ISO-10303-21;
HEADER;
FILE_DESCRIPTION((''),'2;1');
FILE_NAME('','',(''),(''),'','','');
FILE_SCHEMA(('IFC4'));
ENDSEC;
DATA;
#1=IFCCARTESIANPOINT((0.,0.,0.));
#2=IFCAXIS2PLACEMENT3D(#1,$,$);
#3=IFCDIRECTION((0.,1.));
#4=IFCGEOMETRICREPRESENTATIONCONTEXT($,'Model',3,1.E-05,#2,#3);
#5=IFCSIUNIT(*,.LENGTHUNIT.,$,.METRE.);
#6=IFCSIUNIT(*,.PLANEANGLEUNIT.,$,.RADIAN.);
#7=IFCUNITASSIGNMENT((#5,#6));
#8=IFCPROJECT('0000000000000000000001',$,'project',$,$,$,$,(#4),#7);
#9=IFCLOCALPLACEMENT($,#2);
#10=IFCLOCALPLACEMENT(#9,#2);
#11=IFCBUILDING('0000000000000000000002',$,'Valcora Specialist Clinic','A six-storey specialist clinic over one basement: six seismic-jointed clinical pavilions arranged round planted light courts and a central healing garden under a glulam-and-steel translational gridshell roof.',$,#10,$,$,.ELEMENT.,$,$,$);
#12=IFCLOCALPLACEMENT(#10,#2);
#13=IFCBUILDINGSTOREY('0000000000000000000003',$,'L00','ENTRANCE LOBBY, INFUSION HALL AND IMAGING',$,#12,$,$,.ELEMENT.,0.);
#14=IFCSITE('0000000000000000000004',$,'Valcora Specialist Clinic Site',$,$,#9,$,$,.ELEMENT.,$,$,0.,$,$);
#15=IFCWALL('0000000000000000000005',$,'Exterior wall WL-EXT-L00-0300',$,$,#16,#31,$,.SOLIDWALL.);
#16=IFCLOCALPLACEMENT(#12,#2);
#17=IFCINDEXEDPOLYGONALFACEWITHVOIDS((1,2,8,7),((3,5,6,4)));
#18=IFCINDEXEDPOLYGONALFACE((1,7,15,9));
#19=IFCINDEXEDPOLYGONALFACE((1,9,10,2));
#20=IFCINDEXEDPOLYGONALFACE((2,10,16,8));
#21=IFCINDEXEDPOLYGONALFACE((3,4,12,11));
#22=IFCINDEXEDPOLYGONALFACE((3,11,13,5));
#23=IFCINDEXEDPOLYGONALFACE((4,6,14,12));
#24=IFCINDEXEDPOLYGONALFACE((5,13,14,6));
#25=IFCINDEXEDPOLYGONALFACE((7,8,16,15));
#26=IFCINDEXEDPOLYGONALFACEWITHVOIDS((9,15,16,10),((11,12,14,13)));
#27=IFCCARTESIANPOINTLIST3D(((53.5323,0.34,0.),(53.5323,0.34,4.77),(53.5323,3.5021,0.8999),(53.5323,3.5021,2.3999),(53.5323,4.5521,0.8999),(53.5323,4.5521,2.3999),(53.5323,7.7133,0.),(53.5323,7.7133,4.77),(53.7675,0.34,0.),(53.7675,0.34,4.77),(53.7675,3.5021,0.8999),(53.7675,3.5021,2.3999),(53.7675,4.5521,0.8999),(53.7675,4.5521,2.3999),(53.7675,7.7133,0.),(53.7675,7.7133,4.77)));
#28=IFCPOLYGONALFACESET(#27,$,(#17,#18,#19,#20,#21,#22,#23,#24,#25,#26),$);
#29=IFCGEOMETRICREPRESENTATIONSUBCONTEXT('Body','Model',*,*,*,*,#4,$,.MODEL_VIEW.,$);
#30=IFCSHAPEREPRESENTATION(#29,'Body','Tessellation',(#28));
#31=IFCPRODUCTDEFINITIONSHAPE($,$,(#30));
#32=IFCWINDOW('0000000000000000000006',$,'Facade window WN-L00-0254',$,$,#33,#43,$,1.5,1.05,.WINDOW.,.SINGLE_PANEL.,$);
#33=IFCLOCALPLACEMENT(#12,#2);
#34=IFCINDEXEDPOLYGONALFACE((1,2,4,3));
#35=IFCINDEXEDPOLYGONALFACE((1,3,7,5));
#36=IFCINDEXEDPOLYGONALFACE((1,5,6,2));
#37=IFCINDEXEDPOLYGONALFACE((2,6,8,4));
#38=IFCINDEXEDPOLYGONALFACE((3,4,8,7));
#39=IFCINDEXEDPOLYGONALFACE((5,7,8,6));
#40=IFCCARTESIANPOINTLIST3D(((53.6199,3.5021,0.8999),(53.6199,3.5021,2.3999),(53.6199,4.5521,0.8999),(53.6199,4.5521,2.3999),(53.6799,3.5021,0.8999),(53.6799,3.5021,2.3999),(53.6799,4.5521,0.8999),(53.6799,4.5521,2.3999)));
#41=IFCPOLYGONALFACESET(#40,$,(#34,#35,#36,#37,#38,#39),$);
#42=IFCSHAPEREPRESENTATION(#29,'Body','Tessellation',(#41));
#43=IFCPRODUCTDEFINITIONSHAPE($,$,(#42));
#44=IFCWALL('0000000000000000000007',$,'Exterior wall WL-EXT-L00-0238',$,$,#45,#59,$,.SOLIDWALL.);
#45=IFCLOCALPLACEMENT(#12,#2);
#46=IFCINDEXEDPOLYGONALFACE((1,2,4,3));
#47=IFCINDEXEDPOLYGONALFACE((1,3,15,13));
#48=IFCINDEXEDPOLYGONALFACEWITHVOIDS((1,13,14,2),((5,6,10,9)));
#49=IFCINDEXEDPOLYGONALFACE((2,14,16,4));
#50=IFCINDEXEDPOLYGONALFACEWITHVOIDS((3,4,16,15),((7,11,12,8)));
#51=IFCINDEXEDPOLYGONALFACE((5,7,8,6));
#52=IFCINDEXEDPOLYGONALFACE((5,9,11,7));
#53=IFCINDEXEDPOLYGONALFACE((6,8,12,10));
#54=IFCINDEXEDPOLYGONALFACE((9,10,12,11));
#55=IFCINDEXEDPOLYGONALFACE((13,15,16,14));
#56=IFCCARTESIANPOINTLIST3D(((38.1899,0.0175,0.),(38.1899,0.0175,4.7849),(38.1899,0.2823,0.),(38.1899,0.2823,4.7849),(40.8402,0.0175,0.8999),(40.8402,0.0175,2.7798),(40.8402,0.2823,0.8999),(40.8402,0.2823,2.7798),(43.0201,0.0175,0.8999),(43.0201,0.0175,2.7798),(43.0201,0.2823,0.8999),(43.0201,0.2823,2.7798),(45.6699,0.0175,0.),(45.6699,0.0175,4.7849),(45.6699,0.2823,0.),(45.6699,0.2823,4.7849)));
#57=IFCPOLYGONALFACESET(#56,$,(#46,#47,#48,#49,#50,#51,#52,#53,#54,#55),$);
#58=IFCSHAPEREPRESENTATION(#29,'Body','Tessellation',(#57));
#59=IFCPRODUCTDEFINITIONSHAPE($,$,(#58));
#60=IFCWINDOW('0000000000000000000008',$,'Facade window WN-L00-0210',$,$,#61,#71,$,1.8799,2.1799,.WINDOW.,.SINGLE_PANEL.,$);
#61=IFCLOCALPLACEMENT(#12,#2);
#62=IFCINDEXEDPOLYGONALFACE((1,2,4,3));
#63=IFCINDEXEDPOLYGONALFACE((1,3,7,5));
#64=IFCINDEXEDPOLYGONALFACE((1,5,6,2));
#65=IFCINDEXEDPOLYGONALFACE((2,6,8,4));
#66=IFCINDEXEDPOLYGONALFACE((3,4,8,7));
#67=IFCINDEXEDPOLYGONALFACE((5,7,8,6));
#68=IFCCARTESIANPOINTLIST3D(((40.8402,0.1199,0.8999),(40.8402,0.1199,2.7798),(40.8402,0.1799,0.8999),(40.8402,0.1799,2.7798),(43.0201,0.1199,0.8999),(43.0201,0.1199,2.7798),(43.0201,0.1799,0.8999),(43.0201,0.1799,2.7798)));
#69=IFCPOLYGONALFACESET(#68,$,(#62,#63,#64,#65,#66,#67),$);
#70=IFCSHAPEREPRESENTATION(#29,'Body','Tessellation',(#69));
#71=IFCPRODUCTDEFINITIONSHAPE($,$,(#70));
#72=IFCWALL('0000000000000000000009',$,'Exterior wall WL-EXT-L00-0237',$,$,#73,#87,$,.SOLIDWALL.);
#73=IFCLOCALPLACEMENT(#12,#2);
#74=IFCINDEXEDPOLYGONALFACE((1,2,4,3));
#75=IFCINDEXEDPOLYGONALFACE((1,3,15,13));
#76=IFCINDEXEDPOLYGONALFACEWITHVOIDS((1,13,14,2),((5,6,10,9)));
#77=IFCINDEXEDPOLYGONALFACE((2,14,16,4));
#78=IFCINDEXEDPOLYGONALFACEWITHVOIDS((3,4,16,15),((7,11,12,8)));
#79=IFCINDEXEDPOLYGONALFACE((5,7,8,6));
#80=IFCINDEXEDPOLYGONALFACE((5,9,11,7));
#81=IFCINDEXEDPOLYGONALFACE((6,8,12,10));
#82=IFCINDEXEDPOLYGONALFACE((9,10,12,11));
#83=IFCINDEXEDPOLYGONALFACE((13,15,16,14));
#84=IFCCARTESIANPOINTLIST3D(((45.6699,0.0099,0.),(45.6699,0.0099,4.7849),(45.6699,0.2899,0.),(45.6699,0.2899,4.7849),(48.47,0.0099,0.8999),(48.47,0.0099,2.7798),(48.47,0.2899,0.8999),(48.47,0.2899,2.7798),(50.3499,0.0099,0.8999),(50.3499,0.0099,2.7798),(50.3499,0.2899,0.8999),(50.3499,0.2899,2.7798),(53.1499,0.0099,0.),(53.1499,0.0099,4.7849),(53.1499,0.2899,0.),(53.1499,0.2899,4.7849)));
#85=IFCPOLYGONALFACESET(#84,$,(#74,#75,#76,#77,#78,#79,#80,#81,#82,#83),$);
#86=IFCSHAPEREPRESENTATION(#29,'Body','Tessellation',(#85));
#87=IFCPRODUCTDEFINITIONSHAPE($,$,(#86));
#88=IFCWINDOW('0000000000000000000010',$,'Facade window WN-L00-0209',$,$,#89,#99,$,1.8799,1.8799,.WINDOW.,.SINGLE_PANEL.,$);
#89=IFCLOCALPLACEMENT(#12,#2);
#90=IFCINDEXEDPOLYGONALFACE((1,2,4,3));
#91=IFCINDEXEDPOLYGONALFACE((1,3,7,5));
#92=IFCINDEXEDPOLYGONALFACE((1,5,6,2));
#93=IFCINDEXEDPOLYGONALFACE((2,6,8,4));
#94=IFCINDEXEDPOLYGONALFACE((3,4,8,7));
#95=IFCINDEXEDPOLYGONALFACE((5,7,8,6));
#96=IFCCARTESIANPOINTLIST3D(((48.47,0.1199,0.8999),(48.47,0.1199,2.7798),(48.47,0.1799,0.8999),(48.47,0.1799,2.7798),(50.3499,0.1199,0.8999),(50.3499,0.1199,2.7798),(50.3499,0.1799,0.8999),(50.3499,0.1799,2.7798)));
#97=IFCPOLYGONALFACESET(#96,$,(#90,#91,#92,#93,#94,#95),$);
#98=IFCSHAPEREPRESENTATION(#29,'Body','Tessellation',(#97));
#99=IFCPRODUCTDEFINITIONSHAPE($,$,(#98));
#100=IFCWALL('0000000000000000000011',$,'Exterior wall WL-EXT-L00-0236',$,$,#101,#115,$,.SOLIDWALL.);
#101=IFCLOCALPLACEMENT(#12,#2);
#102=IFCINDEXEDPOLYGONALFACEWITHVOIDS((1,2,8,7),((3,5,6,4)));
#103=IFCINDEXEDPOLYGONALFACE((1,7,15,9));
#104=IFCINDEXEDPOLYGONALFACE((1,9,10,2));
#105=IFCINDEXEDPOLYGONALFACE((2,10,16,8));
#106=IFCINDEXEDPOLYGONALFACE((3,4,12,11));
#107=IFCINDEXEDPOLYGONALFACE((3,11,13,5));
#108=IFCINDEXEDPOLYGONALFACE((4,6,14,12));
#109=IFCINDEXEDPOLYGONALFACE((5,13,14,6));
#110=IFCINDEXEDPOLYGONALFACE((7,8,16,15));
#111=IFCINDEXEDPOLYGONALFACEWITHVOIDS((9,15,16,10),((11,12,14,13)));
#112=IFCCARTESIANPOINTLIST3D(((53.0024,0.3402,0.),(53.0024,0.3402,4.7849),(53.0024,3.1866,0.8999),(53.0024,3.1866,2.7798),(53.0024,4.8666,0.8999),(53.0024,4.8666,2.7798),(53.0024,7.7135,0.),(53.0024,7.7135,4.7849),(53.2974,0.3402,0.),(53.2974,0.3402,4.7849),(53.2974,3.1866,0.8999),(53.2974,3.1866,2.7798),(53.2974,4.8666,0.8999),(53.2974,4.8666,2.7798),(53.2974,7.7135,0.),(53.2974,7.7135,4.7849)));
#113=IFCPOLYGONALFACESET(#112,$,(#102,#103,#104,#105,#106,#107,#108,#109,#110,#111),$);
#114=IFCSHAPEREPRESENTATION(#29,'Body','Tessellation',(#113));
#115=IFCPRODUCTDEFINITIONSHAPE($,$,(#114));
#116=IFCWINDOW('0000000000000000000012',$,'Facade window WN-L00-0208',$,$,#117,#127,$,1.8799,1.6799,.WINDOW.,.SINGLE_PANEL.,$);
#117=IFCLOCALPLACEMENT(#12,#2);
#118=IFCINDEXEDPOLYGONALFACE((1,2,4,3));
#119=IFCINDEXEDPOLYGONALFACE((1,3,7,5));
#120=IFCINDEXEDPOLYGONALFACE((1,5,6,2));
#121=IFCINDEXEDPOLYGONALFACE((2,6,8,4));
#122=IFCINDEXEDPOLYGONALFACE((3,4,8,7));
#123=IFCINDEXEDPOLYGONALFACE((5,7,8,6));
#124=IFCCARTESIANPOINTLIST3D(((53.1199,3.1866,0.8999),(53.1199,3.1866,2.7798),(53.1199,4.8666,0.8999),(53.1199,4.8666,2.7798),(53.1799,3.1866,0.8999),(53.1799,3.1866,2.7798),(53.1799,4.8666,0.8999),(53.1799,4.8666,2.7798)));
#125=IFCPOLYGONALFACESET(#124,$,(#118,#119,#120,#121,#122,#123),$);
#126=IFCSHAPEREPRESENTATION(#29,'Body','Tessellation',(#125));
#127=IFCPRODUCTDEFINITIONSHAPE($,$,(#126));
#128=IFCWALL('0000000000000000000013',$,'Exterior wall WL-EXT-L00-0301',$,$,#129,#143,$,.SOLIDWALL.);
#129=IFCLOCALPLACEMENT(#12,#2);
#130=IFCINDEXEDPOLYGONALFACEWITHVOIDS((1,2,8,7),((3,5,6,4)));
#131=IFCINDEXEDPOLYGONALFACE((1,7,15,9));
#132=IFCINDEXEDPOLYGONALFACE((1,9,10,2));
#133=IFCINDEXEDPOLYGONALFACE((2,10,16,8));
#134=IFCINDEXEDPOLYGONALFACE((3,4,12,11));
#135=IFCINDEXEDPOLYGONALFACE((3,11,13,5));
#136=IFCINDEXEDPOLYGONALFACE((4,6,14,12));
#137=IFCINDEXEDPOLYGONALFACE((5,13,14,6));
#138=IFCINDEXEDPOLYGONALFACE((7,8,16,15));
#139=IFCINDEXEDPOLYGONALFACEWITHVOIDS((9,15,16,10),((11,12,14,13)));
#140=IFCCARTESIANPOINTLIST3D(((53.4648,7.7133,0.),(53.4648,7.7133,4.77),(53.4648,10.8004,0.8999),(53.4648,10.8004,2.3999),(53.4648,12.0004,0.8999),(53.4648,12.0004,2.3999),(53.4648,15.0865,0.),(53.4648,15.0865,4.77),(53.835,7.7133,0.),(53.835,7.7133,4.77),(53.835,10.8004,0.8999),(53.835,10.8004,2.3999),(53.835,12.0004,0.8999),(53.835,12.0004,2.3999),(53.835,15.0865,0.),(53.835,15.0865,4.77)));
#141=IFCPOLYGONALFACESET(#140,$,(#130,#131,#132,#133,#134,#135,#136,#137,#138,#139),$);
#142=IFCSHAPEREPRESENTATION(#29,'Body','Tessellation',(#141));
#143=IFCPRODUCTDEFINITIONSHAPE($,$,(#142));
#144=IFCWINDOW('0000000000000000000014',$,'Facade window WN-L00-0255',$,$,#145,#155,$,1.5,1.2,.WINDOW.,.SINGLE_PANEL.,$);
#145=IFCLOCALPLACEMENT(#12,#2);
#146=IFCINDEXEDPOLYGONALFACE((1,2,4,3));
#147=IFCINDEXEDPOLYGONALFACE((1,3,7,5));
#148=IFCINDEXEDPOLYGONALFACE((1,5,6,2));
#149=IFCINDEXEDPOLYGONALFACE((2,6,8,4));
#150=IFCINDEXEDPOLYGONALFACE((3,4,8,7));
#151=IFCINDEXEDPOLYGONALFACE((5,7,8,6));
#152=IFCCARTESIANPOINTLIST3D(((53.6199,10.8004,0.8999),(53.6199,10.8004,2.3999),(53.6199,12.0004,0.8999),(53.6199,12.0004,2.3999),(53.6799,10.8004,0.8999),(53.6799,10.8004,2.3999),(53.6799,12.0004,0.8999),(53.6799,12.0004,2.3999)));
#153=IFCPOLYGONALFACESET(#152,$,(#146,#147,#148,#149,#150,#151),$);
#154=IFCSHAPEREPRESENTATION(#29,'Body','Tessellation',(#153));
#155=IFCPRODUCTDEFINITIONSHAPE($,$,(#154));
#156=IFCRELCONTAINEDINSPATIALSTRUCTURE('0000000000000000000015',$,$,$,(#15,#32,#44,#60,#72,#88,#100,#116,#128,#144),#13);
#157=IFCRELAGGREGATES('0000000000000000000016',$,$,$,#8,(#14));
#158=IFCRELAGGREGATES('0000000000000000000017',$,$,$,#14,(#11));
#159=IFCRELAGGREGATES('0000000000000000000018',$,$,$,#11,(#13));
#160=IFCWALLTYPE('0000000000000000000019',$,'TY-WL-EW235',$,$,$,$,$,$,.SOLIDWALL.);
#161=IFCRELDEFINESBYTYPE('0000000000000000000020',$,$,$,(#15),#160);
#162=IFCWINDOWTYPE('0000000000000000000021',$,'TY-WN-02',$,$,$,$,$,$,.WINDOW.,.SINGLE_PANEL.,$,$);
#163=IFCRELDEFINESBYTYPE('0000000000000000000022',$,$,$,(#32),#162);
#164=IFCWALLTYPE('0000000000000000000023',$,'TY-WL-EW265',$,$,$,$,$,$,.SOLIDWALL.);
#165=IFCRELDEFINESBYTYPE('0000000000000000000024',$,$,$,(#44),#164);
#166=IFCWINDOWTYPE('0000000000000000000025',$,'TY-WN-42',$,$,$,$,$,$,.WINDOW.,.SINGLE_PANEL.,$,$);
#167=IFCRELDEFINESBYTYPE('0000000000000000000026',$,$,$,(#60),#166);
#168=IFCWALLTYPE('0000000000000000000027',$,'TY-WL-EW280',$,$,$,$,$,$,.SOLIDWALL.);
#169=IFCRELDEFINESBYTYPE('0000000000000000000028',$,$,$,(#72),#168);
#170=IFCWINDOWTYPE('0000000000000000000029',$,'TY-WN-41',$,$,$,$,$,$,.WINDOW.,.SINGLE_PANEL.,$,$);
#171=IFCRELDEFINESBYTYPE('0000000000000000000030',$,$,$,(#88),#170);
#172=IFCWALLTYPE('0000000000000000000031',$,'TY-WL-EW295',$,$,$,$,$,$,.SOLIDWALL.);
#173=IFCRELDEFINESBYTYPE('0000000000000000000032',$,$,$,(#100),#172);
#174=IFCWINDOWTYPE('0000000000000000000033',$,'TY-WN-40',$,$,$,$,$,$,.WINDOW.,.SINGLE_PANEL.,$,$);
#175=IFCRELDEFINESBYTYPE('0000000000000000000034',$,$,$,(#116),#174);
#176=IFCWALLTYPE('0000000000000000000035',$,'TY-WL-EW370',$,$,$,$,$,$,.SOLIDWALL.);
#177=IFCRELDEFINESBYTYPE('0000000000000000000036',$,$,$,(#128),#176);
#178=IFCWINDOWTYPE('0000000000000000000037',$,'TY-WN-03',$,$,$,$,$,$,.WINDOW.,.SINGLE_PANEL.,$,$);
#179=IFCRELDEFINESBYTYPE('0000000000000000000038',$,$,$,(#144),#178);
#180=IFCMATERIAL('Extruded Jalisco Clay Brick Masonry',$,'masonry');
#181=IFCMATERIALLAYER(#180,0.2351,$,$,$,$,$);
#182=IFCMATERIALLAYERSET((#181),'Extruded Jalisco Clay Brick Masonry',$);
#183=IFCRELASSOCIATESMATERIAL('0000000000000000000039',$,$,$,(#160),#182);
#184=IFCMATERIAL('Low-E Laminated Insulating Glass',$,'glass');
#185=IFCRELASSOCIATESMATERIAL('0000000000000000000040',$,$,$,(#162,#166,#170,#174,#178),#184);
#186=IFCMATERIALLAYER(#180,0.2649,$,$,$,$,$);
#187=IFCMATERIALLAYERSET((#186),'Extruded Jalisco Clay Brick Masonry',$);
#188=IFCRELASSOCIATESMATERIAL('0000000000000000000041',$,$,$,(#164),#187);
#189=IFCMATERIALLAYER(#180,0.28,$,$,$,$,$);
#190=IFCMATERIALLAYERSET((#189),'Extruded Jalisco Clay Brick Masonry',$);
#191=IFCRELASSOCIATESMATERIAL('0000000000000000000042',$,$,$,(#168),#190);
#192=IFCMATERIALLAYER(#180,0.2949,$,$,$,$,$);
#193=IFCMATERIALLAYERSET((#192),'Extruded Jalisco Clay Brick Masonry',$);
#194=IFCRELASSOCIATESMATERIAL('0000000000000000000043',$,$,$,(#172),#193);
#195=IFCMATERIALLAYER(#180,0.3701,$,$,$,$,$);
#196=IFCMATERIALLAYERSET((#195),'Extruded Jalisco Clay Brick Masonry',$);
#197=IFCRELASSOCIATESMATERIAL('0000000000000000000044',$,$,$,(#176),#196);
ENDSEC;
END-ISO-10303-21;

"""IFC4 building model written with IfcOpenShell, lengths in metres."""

from ifc_helpers import new_model, si_unit, direction, frame, frame_2d, origin, place, context, subcontext, project, spatial, rectangle, extrude, material, layer, layer_set, type_object, element, fill, save


model = new_model("IFC4")

# Units and contexts
model_context = context("Model", 3, precision=1e-05, world=origin(), true_north=direction((0.0, 1.0)))
body_context = subcontext(model_context, "Body", "Model", "MODEL_VIEW")
ifc_project = project(units=[si_unit("LENGTHUNIT", "METRE"), si_unit("PLANEANGLEUNIT", "RADIAN")], contexts=[model_context])

# Site, building, storey
site_placement = place(None, origin())
site = spatial("IfcSite", under=ifc_project, at=site_placement, Name="Valcora Specialist Clinic Site", CompositionType="ELEMENT", RefElevation=0.0)
building_placement = place(site_placement, origin())
building = spatial("IfcBuilding", under=site, at=building_placement, Name="Valcora Specialist Clinic", Description="A six-storey specialist clinic over one basement: six seismic-jointed clinical pavilions arranged round planted light courts and a central healing garden under a glulam-and-steel translational gridshell roof.", CompositionType="ELEMENT")
storey_placement = place(building_placement, origin())
storey = spatial("IfcBuildingStorey", under=building, at=storey_placement, Name="L00", Description="ENTRANCE LOBBY, INFUSION HALL AND IMAGING", CompositionType="ELEMENT", Elevation=0.0)

# Walls, openings, windows
ifc_material_1 = material(Name="Extruded Jalisco Clay Brick Masonry", Category="masonry")
ifc_layer_1 = layer(ifc_material_1, 0.2351)
ifc_layer_set_1 = layer_set([ifc_layer_1], Name="Extruded Jalisco Clay Brick Masonry")
wall_type_1 = type_object("IfcWallType", Name="TY-WL-EW235", PredefinedType="SOLIDWALL", material=ifc_layer_set_1)
wall_1_placement = place(storey_placement, frame((53.6499, 0.3401, 0.0), z_axis=(0.0, 0.0, 1.0), x_axis=(0.0, 1.0, 0.0)))
wall_1 = element("IfcWall", 1, at=wall_1_placement, inside=storey, type_object=wall_type_1, Name="Exterior wall WL-EXT-L00-0300", PredefinedType="SOLIDWALL", context=body_context, shape_type="SweptSolid", body=[
    extrude(rectangle(XDim=7.3733, YDim=0.2351, at=frame_2d((3.6865, 0.0))), origin(), (0.0, 0.0, 1.0), 4.77),
])
opening_1_placement = place(wall_1_placement, frame((3.1621, 0.0, 0.8999)))
opening_1 = element("IfcOpeningElement", 2, at=opening_1_placement, cuts=wall_1, PredefinedType="OPENING", context=body_context, shape_type="SweptSolid", body=[
    extrude(rectangle(XDim=1.05, YDim=1.5, at=frame_2d((0.5249, 0.75))), frame((0.0, 0.1274, 0.0), z_axis=(0.0, -1.0, 0.0), x_axis=(1.0, 0.0, 0.0)), (0.0, 0.0, 1.0), 0.2551),
])
ifc_material_2 = material(Name="Low-E Laminated Insulating Glass", Category="glass")
window_type_1 = type_object("IfcWindowType", Name="TY-WN-02", PartitioningType="SINGLE_PANEL", PredefinedType="WINDOW", material=ifc_material_2)
window_1_placement = place(opening_1_placement, origin())
window_1 = element("IfcWindow", 3, at=window_1_placement, inside=storey, type_object=window_type_1, Name="Facade window WN-L00-0254", OverallHeight=1.5, OverallWidth=1.05, PartitioningType="SINGLE_PANEL", PredefinedType="WINDOW", context=body_context, shape_type="SweptSolid", body=[
    extrude(rectangle(XDim=1.05, YDim=1.5, at=frame_2d((0.5249, 0.75))), frame((0.0, 0.03, 0.0), z_axis=(0.0, -1.0, 0.0), x_axis=(1.0, 0.0, 0.0)), (0.0, 0.0, 1.0), 0.0601),
])
fill(opening_1, window_1)
ifc_layer_2 = layer(ifc_material_1, 0.2649)
ifc_layer_set_2 = layer_set([ifc_layer_2], Name="Extruded Jalisco Clay Brick Masonry")
wall_type_2 = type_object("IfcWallType", Name="TY-WL-EW265", PredefinedType="SOLIDWALL", material=ifc_layer_set_2)
wall_2_placement = place(storey_placement, frame((45.6699, 0.1499, 0.0), z_axis=(0.0, 0.0, 1.0), x_axis=(-1.0, 0.0, 0.0)))
wall_2 = element("IfcWall", 4, at=wall_2_placement, inside=storey, type_object=wall_type_2, Name="Exterior wall WL-EXT-L00-0238", PredefinedType="SOLIDWALL", context=body_context, shape_type="SweptSolid", body=[
    extrude(rectangle(XDim=7.48, YDim=0.2649, at=frame_2d((3.74, 0.0))), origin(), (0.0, 0.0, 1.0), 4.7849),
])
opening_2_placement = place(wall_2_placement, frame((2.6499, 0.0, 0.8999)))
opening_2 = element("IfcOpeningElement", 5, at=opening_2_placement, cuts=wall_2, PredefinedType="OPENING", context=body_context, shape_type="SweptSolid", body=[
    extrude(rectangle(XDim=2.1799, YDim=1.8799, at=frame_2d((1.0898, 0.9399))), frame((0.0, 0.1423, 0.0), z_axis=(0.0, -1.0, 0.0), x_axis=(1.0, 0.0, 0.0)), (0.0, 0.0, 1.0), 0.2849),
])
window_type_2 = type_object("IfcWindowType", Name="TY-WN-42", PartitioningType="SINGLE_PANEL", PredefinedType="WINDOW", material=ifc_material_2)
window_2_placement = place(opening_2_placement, origin())
window_2 = element("IfcWindow", 6, at=window_2_placement, inside=storey, type_object=window_type_2, Name="Facade window WN-L00-0210", OverallHeight=1.8799, OverallWidth=2.1799, PartitioningType="SINGLE_PANEL", PredefinedType="WINDOW", context=body_context, shape_type="SweptSolid", body=[
    extrude(rectangle(XDim=2.1799, YDim=1.8799, at=frame_2d((1.0898, 0.9399))), frame((0.0, 0.03, 0.0), z_axis=(0.0, -1.0, 0.0), x_axis=(1.0, 0.0, 0.0)), (0.0, 0.0, 1.0), 0.0601),
])
fill(opening_2, window_2)
ifc_layer_3 = layer(ifc_material_1, 0.28)
ifc_layer_set_3 = layer_set([ifc_layer_3], Name="Extruded Jalisco Clay Brick Masonry")
wall_type_3 = type_object("IfcWallType", Name="TY-WL-EW280", PredefinedType="SOLIDWALL", material=ifc_layer_set_3)
wall_3_placement = place(storey_placement, frame((53.1499, 0.1499, 0.0), z_axis=(0.0, 0.0, 1.0), x_axis=(-1.0, 0.0, 0.0)))
wall_3 = element("IfcWall", 7, at=wall_3_placement, inside=storey, type_object=wall_type_3, Name="Exterior wall WL-EXT-L00-0237", PredefinedType="SOLIDWALL", context=body_context, shape_type="SweptSolid", body=[
    extrude(rectangle(XDim=7.48, YDim=0.28, at=frame_2d((3.74, 0.0))), origin(), (0.0, 0.0, 1.0), 4.7849),
])
opening_3_placement = place(wall_3_placement, frame((2.8, 0.0, 0.8999)))
opening_3 = element("IfcOpeningElement", 8, at=opening_3_placement, cuts=wall_3, PredefinedType="OPENING", context=body_context, shape_type="SweptSolid", body=[
    extrude(rectangle(XDim=1.8799, YDim=1.8799, at=frame_2d((0.9399, 0.9399))), frame((0.0, 0.1499, 0.0), z_axis=(0.0, -1.0, 0.0), x_axis=(1.0, 0.0, 0.0)), (0.0, 0.0, 1.0), 0.3),
])
window_type_3 = type_object("IfcWindowType", Name="TY-WN-41", PartitioningType="SINGLE_PANEL", PredefinedType="WINDOW", material=ifc_material_2)
window_3_placement = place(opening_3_placement, origin())
window_3 = element("IfcWindow", 9, at=window_3_placement, inside=storey, type_object=window_type_3, Name="Facade window WN-L00-0209", OverallHeight=1.8799, OverallWidth=1.8799, PartitioningType="SINGLE_PANEL", PredefinedType="WINDOW", context=body_context, shape_type="SweptSolid", body=[
    extrude(rectangle(XDim=1.8799, YDim=1.8799, at=frame_2d((0.9399, 0.9399))), frame((0.0, 0.03, 0.0), z_axis=(0.0, -1.0, 0.0), x_axis=(1.0, 0.0, 0.0)), (0.0, 0.0, 1.0), 0.0601),
])
fill(opening_3, window_3)
ifc_layer_4 = layer(ifc_material_1, 0.2949)
ifc_layer_set_4 = layer_set([ifc_layer_4], Name="Extruded Jalisco Clay Brick Masonry")
wall_type_4 = type_object("IfcWallType", Name="TY-WL-EW295", PredefinedType="SOLIDWALL", material=ifc_layer_set_4)
wall_4_placement = place(storey_placement, frame((53.1499, 7.7134, 0.0), z_axis=(0.0, 0.0, 1.0), x_axis=(0.0, -1.0, 0.0)))
wall_4 = element("IfcWall", 10, at=wall_4_placement, inside=storey, type_object=wall_type_4, Name="Exterior wall WL-EXT-L00-0236", PredefinedType="SOLIDWALL", context=body_context, shape_type="SweptSolid", body=[
    extrude(rectangle(XDim=7.3733, YDim=0.2949, at=frame_2d((3.6865, 0.0))), origin(), (0.0, 0.0, 1.0), 4.7849),
])
opening_4_placement = place(wall_4_placement, frame((2.8469, 0.0, 0.8999)))
opening_4 = element("IfcOpeningElement", 11, at=opening_4_placement, cuts=wall_4, PredefinedType="OPENING", context=body_context, shape_type="SweptSolid", body=[
    extrude(rectangle(XDim=1.6799, YDim=1.8799, at=frame_2d((0.8398, 0.9399))), frame((0.0, 0.1575, 0.0), z_axis=(0.0, -1.0, 0.0), x_axis=(1.0, 0.0, 0.0)), (0.0, 0.0, 1.0), 0.3149),
])
window_type_4 = type_object("IfcWindowType", Name="TY-WN-40", PartitioningType="SINGLE_PANEL", PredefinedType="WINDOW", material=ifc_material_2)
window_4_placement = place(opening_4_placement, origin())
window_4 = element("IfcWindow", 12, at=window_4_placement, inside=storey, type_object=window_type_4, Name="Facade window WN-L00-0208", OverallHeight=1.8799, OverallWidth=1.6799, PartitioningType="SINGLE_PANEL", PredefinedType="WINDOW", context=body_context, shape_type="SweptSolid", body=[
    extrude(rectangle(XDim=1.6799, YDim=1.8799, at=frame_2d((0.8398, 0.9399))), frame((0.0, 0.03, 0.0), z_axis=(0.0, -1.0, 0.0), x_axis=(1.0, 0.0, 0.0)), (0.0, 0.0, 1.0), 0.0601),
])
fill(opening_4, window_4)
ifc_layer_5 = layer(ifc_material_1, 0.3701)
ifc_layer_set_5 = layer_set([ifc_layer_5], Name="Extruded Jalisco Clay Brick Masonry")
wall_type_5 = type_object("IfcWallType", Name="TY-WL-EW370", PredefinedType="SOLIDWALL", material=ifc_layer_set_5)
wall_5_placement = place(storey_placement, frame((53.6499, 7.7134, 0.0), z_axis=(0.0, 0.0, 1.0), x_axis=(0.0, 1.0, 0.0)))
wall_5 = element("IfcWall", 13, at=wall_5_placement, inside=storey, type_object=wall_type_5, Name="Exterior wall WL-EXT-L00-0301", PredefinedType="SOLIDWALL", context=body_context, shape_type="SweptSolid", body=[
    extrude(rectangle(XDim=7.3733, YDim=0.3701, at=frame_2d((3.6865, 0.0))), origin(), (0.0, 0.0, 1.0), 4.77),
])
opening_5_placement = place(wall_5_placement, frame((3.0869, 0.0, 0.8999)))
opening_5 = element("IfcOpeningElement", 14, at=opening_5_placement, cuts=wall_5, PredefinedType="OPENING", context=body_context, shape_type="SweptSolid", body=[
    extrude(rectangle(XDim=1.2, YDim=1.5, at=frame_2d((0.6001, 0.75))), frame((0.0, 0.1951, 0.0), z_axis=(0.0, -1.0, 0.0), x_axis=(1.0, 0.0, 0.0)), (0.0, 0.0, 1.0), 0.3901),
])
window_type_5 = type_object("IfcWindowType", Name="TY-WN-03", PartitioningType="SINGLE_PANEL", PredefinedType="WINDOW", material=ifc_material_2)
window_5_placement = place(opening_5_placement, origin())
window_5 = element("IfcWindow", 15, at=window_5_placement, inside=storey, type_object=window_type_5, Name="Facade window WN-L00-0255", OverallHeight=1.5, OverallWidth=1.2, PartitioningType="SINGLE_PANEL", PredefinedType="WINDOW", context=body_context, shape_type="SweptSolid", body=[
    extrude(rectangle(XDim=1.2, YDim=1.5, at=frame_2d((0.6001, 0.75))), frame((0.0, 0.03, 0.0), z_axis=(0.0, -1.0, 0.0), x_axis=(1.0, 0.0, 0.0)), (0.0, 0.0, 1.0), 0.0601),
])
fill(opening_5, window_5)

save(model, "model.ifc")
